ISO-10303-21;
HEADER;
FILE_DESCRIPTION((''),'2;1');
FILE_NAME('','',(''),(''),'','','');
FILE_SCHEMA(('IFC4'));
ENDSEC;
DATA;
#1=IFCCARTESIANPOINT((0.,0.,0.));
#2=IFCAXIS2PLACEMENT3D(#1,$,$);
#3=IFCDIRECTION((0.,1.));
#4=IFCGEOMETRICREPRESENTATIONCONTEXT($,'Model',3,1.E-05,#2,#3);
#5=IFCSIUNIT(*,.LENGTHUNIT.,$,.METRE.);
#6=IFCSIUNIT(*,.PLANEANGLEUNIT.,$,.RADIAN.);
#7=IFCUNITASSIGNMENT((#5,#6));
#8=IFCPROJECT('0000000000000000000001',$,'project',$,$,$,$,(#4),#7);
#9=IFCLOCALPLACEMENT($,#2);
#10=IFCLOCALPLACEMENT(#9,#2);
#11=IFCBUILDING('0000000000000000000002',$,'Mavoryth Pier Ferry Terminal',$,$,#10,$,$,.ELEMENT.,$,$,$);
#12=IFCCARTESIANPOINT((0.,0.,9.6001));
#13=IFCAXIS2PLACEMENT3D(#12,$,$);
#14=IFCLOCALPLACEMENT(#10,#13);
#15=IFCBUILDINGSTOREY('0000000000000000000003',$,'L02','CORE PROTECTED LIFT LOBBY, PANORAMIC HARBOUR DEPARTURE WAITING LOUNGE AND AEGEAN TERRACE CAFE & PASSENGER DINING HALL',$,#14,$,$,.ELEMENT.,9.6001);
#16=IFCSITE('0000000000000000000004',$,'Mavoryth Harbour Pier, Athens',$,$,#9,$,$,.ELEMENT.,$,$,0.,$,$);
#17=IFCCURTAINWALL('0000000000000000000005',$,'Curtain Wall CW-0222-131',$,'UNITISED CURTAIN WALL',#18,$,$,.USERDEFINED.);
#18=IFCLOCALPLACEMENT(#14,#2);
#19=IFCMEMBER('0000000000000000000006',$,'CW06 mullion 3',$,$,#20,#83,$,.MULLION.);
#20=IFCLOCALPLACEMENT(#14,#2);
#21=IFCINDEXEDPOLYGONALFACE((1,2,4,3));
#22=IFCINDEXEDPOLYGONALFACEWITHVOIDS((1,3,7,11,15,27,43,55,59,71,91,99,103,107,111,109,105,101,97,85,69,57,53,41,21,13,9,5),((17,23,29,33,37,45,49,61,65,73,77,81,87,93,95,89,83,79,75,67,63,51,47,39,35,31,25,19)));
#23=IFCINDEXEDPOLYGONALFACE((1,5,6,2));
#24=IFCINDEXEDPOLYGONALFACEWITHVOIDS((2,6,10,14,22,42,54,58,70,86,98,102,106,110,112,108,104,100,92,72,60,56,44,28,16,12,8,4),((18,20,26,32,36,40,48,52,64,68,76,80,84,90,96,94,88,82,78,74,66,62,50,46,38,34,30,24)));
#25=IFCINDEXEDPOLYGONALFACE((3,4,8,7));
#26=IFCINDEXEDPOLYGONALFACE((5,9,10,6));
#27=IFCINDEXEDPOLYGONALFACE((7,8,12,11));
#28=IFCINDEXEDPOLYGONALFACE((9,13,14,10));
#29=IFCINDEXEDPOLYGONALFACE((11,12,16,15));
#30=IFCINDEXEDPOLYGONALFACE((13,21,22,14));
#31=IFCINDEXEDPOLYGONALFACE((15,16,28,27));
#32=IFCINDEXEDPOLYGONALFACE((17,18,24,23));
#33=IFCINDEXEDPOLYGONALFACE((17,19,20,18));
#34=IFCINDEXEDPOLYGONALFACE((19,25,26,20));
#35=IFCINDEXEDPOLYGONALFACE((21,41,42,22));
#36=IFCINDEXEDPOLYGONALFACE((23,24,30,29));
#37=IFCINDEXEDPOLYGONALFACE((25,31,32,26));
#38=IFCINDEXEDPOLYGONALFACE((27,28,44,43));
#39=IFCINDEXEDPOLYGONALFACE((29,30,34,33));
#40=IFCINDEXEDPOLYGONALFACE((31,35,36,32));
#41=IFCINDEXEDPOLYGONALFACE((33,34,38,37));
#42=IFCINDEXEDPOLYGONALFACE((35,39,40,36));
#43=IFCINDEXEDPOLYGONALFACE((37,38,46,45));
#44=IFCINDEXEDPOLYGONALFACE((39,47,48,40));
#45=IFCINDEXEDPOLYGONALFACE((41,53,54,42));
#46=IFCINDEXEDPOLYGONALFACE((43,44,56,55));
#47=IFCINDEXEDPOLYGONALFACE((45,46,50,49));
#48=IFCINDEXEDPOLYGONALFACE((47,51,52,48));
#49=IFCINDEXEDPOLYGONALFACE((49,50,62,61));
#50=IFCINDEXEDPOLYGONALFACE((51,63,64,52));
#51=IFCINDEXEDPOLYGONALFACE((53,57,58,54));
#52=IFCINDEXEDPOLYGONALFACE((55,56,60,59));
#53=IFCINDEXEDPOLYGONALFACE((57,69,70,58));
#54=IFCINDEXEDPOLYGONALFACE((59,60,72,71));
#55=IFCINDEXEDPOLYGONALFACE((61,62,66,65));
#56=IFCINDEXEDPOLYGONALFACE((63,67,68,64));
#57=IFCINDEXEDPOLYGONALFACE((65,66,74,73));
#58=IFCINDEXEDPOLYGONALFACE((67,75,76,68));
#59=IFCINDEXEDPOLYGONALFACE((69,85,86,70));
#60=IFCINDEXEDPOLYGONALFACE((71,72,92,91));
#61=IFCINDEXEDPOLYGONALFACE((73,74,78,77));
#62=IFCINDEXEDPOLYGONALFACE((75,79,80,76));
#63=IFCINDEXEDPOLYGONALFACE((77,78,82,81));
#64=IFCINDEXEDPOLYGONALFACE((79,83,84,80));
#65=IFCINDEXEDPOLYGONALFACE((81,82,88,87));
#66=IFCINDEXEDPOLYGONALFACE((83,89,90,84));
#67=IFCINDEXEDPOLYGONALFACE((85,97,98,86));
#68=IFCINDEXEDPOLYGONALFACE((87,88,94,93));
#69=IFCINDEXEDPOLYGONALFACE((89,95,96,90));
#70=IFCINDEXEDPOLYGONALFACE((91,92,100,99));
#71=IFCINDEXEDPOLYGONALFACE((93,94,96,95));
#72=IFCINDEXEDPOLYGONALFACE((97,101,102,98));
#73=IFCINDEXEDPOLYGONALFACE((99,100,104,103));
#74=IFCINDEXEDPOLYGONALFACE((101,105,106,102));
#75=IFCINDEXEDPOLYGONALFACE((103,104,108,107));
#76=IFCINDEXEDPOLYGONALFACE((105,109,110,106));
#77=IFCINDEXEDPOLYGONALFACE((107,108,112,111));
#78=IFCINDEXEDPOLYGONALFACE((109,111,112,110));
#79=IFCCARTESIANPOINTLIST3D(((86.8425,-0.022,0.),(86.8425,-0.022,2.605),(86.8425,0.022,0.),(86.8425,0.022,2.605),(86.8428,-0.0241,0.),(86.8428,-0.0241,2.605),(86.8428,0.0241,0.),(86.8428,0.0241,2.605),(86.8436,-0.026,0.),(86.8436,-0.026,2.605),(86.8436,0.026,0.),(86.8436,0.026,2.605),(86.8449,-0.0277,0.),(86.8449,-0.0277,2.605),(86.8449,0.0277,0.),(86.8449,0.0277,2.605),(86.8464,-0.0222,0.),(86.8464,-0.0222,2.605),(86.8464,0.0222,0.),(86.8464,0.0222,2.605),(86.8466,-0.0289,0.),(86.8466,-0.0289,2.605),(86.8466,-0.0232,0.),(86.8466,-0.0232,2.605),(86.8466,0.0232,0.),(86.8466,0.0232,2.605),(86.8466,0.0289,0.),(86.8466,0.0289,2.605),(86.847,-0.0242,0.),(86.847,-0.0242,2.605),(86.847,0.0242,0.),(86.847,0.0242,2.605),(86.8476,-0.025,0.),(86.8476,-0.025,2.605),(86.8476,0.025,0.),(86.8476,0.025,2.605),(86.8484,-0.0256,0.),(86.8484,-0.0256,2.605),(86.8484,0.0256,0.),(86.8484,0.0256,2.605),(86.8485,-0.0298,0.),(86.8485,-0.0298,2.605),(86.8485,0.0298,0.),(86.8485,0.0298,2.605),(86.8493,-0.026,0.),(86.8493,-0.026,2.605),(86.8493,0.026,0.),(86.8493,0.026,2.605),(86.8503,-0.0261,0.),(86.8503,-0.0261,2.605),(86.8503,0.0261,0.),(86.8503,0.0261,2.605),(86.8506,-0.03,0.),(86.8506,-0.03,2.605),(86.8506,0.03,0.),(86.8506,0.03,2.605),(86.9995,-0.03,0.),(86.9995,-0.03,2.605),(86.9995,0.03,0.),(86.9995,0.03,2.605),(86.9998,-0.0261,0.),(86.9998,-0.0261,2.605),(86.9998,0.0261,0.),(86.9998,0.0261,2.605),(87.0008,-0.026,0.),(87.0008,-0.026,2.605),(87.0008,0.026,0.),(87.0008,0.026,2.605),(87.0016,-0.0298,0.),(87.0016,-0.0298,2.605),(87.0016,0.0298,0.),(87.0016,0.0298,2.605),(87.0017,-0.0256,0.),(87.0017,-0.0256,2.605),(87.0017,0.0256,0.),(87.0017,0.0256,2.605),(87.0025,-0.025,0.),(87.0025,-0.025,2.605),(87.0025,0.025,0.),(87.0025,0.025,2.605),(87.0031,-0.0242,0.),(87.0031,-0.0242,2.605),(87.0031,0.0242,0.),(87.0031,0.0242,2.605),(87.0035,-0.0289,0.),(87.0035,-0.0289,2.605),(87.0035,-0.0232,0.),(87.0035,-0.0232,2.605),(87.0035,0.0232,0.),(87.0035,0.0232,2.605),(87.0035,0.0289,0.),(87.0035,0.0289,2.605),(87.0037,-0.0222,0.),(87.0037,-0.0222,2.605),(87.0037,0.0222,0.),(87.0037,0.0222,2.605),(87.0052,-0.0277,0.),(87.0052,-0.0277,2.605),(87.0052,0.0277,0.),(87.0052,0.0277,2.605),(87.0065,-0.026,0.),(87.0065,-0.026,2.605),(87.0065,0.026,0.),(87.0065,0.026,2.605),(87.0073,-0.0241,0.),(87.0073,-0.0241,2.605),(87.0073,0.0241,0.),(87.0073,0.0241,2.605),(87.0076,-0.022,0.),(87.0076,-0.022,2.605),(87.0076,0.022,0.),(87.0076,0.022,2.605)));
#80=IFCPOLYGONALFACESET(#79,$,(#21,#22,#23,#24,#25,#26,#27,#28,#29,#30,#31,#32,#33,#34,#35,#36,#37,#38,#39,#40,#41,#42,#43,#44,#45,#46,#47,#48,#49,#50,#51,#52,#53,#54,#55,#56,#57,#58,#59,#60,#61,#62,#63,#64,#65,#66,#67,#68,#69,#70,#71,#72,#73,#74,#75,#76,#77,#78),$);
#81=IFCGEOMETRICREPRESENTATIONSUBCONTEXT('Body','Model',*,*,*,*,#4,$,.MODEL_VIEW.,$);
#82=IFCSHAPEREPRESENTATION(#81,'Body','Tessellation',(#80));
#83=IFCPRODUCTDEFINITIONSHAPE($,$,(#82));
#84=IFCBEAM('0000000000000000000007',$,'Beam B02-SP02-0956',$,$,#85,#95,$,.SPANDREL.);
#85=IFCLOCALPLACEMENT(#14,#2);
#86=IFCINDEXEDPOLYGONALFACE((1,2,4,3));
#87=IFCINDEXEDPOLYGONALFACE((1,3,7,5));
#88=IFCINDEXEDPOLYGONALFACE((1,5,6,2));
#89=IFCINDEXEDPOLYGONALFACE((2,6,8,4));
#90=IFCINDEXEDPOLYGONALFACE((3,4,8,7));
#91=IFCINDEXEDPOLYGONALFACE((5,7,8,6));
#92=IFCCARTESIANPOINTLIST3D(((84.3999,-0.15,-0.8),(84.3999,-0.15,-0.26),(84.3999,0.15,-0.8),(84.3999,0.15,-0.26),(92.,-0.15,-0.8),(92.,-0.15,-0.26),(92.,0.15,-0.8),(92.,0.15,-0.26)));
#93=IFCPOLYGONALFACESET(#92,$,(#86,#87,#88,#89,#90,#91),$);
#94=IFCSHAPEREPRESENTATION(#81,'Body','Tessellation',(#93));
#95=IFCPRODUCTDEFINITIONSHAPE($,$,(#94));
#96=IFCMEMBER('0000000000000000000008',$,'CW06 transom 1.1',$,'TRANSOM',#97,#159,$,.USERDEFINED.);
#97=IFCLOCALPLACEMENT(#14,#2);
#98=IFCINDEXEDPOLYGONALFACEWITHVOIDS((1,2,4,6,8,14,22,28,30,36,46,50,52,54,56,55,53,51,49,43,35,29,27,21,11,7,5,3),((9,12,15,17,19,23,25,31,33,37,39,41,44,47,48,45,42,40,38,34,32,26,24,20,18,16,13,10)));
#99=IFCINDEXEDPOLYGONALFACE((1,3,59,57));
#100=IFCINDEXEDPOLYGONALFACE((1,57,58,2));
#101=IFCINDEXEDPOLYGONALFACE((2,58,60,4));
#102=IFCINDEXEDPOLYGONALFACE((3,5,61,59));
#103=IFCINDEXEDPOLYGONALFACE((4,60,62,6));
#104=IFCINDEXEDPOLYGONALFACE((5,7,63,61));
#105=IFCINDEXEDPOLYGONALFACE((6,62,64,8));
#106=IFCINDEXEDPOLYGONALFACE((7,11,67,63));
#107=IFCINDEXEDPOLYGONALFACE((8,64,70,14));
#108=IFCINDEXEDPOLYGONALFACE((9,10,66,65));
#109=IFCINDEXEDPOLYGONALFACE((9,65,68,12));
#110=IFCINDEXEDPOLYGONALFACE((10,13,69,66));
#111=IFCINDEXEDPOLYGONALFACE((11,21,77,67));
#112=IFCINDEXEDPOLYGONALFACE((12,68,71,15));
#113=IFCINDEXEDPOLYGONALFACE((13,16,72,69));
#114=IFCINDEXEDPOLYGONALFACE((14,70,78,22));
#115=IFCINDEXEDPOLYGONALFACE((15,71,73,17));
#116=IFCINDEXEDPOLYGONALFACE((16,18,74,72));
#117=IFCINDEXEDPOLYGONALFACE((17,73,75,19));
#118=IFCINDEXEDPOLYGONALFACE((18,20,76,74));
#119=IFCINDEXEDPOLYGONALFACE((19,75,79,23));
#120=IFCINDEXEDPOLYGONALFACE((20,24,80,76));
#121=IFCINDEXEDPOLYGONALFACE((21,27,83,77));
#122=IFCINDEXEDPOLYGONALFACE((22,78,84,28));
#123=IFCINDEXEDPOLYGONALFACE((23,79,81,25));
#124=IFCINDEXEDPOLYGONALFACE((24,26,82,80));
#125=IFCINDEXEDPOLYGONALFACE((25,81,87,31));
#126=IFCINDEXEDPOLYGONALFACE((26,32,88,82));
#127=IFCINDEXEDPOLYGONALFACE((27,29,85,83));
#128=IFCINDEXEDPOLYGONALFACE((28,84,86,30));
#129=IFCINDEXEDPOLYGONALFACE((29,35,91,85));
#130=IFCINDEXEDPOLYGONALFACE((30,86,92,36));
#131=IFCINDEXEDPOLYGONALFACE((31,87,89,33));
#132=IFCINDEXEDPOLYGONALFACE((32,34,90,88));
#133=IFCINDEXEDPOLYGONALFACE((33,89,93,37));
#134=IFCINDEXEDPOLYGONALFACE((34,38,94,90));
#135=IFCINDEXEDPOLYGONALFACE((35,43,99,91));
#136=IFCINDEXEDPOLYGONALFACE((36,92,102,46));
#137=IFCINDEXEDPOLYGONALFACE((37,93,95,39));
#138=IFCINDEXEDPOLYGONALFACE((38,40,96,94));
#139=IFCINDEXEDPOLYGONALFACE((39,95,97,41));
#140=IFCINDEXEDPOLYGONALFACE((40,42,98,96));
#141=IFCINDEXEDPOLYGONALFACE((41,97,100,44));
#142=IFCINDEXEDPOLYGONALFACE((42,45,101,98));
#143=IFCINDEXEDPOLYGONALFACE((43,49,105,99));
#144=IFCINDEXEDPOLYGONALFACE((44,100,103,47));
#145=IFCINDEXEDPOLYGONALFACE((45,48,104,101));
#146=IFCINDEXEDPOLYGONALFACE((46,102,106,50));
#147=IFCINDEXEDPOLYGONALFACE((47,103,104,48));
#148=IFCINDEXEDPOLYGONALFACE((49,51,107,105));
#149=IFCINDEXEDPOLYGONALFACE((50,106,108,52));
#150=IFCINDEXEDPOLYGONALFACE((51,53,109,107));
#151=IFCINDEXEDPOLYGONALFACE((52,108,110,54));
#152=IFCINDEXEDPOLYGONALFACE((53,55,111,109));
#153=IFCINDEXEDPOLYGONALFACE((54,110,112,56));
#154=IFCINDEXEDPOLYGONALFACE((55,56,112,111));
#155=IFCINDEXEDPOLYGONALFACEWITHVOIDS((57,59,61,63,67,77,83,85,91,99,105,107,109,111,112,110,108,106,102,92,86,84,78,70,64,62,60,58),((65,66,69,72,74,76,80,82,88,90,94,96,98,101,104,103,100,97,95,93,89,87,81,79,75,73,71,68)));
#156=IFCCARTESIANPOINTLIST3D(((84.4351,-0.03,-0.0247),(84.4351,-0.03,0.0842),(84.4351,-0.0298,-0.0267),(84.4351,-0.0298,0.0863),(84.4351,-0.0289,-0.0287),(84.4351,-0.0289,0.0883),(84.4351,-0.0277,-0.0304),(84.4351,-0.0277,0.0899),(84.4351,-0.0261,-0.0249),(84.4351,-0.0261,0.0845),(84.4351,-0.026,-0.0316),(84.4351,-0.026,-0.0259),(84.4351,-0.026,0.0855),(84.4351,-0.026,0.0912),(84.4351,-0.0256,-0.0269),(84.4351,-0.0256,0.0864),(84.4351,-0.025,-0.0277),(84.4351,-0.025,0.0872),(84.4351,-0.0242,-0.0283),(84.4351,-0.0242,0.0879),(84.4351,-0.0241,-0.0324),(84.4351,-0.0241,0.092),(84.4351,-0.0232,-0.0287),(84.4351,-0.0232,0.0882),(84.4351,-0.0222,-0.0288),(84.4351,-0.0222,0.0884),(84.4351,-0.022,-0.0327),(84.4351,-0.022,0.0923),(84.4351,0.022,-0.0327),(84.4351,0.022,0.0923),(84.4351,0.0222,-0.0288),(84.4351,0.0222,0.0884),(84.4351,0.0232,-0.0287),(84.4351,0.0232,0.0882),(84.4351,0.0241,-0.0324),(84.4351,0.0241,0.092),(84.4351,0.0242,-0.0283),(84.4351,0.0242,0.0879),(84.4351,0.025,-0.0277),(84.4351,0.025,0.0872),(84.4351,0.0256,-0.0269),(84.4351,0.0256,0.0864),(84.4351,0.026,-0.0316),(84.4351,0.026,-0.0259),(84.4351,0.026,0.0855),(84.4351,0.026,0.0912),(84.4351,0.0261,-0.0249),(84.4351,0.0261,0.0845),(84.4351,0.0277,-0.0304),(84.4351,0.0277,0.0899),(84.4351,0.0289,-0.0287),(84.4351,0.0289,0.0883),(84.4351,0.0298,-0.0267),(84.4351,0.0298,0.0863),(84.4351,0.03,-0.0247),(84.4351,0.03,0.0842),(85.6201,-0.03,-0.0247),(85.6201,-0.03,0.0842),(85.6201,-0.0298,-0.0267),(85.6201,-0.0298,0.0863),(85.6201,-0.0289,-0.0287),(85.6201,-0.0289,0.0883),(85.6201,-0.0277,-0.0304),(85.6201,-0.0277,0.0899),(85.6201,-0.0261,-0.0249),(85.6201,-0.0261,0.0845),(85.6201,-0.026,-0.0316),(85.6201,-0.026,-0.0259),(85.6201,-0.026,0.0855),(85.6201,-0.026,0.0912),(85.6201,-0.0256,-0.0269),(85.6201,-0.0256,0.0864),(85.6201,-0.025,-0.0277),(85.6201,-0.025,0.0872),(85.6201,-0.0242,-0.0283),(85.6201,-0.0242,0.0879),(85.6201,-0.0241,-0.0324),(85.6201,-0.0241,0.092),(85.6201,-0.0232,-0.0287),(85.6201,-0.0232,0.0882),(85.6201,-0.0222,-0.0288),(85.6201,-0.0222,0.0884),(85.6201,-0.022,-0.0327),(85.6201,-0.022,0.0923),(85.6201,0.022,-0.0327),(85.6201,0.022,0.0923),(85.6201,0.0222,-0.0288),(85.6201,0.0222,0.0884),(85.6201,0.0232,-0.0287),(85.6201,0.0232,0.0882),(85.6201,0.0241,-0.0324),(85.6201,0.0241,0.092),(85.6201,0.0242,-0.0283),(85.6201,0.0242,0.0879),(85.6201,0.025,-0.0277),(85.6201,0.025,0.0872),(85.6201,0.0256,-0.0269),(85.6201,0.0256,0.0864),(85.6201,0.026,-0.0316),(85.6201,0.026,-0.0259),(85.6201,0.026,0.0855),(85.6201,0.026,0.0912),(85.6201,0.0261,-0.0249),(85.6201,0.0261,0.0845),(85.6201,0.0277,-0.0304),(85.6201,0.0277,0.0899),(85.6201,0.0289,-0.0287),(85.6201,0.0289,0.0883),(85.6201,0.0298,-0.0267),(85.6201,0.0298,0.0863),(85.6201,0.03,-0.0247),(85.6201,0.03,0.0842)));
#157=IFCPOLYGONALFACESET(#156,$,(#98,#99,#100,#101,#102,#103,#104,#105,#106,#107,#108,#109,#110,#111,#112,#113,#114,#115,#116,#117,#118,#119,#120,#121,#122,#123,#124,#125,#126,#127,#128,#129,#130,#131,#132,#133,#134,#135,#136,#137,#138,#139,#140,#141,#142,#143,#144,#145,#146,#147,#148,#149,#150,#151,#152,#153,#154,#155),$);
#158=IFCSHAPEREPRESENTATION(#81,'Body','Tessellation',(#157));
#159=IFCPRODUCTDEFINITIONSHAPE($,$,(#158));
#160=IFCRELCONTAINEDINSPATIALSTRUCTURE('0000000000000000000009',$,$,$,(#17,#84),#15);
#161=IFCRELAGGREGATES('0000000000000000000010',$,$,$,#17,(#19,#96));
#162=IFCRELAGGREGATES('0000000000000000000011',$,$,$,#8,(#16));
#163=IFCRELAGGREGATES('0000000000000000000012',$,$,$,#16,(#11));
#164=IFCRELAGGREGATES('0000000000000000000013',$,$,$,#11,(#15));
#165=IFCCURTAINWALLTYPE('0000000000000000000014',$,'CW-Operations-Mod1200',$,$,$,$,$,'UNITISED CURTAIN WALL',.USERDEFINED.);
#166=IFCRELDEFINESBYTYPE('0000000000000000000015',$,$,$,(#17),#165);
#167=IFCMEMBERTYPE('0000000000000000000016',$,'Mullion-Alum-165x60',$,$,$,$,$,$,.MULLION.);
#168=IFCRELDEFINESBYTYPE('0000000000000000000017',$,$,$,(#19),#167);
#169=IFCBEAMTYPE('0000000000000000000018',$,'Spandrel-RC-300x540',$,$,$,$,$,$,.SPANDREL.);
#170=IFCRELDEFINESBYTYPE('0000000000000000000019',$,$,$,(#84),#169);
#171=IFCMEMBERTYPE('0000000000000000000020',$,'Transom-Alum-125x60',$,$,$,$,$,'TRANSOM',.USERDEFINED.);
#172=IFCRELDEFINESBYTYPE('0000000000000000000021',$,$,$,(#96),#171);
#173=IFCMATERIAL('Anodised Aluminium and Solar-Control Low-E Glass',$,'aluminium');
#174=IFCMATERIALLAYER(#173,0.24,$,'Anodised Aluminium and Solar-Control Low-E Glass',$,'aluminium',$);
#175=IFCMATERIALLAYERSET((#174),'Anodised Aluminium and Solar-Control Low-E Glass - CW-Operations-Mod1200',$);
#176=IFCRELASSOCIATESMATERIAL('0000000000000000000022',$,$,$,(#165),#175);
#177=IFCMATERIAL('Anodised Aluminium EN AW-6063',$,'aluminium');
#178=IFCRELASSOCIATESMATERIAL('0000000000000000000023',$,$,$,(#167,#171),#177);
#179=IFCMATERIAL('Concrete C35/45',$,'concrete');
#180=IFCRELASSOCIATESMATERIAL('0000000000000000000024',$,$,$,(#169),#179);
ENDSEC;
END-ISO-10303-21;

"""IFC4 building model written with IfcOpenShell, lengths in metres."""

from ifc_helpers import new_model, si_unit, direction, frame, origin, origin_2d, place, context, subcontext, project, spatial, rectangle, hollow_rectangle, extrude, material, layer, layer_set, material_profile, profile_set, type_object, element, aggregate, save


model = new_model("IFC4")

# Units and contexts
model_context = context("Model", 3, precision=1e-05, world=origin(), true_north=direction((0.0, 1.0)))
body_context = subcontext(model_context, "Body", "Model", "MODEL_VIEW")
ifc_project = project(units=[si_unit("LENGTHUNIT", "METRE"), si_unit("PLANEANGLEUNIT", "RADIAN")], contexts=[model_context])

# Site, building, storey
site_placement = place(None, origin())
site = spatial("IfcSite", under=ifc_project, at=site_placement, Name="Mavoryth Harbour Pier, Athens", CompositionType="ELEMENT", RefElevation=0.0)
building_placement = place(site_placement, origin())
building = spatial("IfcBuilding", under=site, at=building_placement, Name="Mavoryth Pier Ferry Terminal", CompositionType="ELEMENT")
storey_placement = place(building_placement, frame((0.0, 0.0, 9.6001)))
storey = spatial("IfcBuildingStorey", under=building, at=storey_placement, Name="L02", Description="CORE PROTECTED LIFT LOBBY, PANORAMIC HARBOUR DEPARTURE WAITING LOUNGE AND AEGEAN TERRACE CAFE & PASSENGER DINING HALL", CompositionType="ELEMENT", Elevation=9.6001)

# Curtain wall, member
ifc_material_1 = material(Name="Anodised Aluminium and Solar-Control Low-E Glass", Category="aluminium")
ifc_layer_1 = layer(ifc_material_1, 0.24, Name="Anodised Aluminium and Solar-Control Low-E Glass", Category="aluminium")
ifc_layer_set_1 = layer_set([ifc_layer_1], Name="Anodised Aluminium and Solar-Control Low-E Glass - CW-Operations-Mod1200")
curtain_wall_type = type_object("IfcCurtainWallType", Name="CW-Operations-Mod1200", ElementType="UNITISED CURTAIN WALL", PredefinedType="USERDEFINED", material=ifc_layer_set_1)
curtain_wall_placement = place(storey_placement, origin())
curtain_wall = element("IfcCurtainWall", 1, at=curtain_wall_placement, inside=storey, type_object=curtain_wall_type, Name="Curtain Wall CW-0222-131", ObjectType="UNITISED CURTAIN WALL", PredefinedType="USERDEFINED")
ifc_material_2 = material(Name="Anodised Aluminium EN AW-6063", Category="aluminium")
ifc_material_profile_1 = material_profile(ifc_material_2, hollow_rectangle(XDim=0.0601, YDim=0.165, WallThickness=0.0039, InnerFilletRadius=0.0039, OuterFilletRadius=0.0081, at=origin_2d()), Name="AL-MULL 165x60x4", Category="aluminium")
ifc_profile_set_1 = profile_set([ifc_material_profile_1], Name="Anodised Aluminium EN AW-6063 - AL-MULL 165x60x4")
member_type_1 = type_object("IfcMemberType", Name="Mullion-Alum-165x60", PredefinedType="MULLION", material=ifc_profile_set_1)
member_1_placement = place(storey_placement, frame((86.925, 0.0, 0.0), z_axis=(0.0, 0.0, 1.0), x_axis=(0.0, 1.0, 0.0)))
member_1 = element("IfcMember", 2, at=member_1_placement, type_object=member_type_1, Name="CW06 mullion 3", PredefinedType="MULLION", context=body_context, shape_type="SweptSolid", body=[
    extrude(hollow_rectangle(XDim=0.0601, YDim=0.165, WallThickness=0.0039, InnerFilletRadius=0.0039, OuterFilletRadius=0.0081, at=origin_2d()), origin(), (0.0, 0.0, 1.0), 2.605),
])

# Beam
ifc_material_3 = material(Name="Concrete C35/45", Category="concrete")
ifc_material_profile_2 = material_profile(ifc_material_3, rectangle(XDim=0.3, YDim=0.54, at=origin_2d()), Name="RC 300x540", Category="concrete")
ifc_profile_set_2 = profile_set([ifc_material_profile_2], Name="Concrete C35/45 - RC 300x540")
beam_type = type_object("IfcBeamType", Name="Spandrel-RC-300x540", PredefinedType="SPANDREL", material=ifc_profile_set_2)
beam_placement = place(storey_placement, frame((84.3999, 0.0, -0.53), z_axis=(1.0, 0.0, 0.0), x_axis=(0.0, 1.0, 0.0)))
element("IfcBeam", 3, at=beam_placement, inside=storey, type_object=beam_type, Name="Beam B02-SP02-0956", PredefinedType="SPANDREL", context=body_context, shape_type="SweptSolid", body=[
    extrude(rectangle(XDim=0.3, YDim=0.54, at=origin_2d()), origin(), (0.0, 0.0, 1.0), 7.6001),
])

# Member
ifc_material_profile_3 = material_profile(ifc_material_2, hollow_rectangle(XDim=0.0601, YDim=0.125, WallThickness=0.0039, InnerFilletRadius=0.0039, OuterFilletRadius=0.0081, at=origin_2d()), Name="AL-TRAN 125x60x4", Category="aluminium")
ifc_profile_set_3 = profile_set([ifc_material_profile_3], Name="Anodised Aluminium EN AW-6063 - AL-TRAN 125x60x4")
member_type_2 = type_object("IfcMemberType", Name="Transom-Alum-125x60", ElementType="TRANSOM", PredefinedType="USERDEFINED", material=ifc_profile_set_3)
member_2_placement = place(storey_placement, frame((84.4351, 0.0, 0.0298), z_axis=(1.0, 0.0, 0.0), x_axis=(0.0, 1.0, 0.0)))
member_2 = element("IfcMember", 4, at=member_2_placement, type_object=member_type_2, Name="CW06 transom 1.1", ObjectType="TRANSOM", PredefinedType="USERDEFINED", context=body_context, shape_type="SweptSolid", body=[
    extrude(hollow_rectangle(XDim=0.0601, YDim=0.125, WallThickness=0.0039, InnerFilletRadius=0.0039, OuterFilletRadius=0.0081, at=origin_2d()), origin(), (0.0, 0.0, 1.0), 1.1851),
])

aggregate(curtain_wall, [member_1, member_2])

save(model, "model.ifc")
